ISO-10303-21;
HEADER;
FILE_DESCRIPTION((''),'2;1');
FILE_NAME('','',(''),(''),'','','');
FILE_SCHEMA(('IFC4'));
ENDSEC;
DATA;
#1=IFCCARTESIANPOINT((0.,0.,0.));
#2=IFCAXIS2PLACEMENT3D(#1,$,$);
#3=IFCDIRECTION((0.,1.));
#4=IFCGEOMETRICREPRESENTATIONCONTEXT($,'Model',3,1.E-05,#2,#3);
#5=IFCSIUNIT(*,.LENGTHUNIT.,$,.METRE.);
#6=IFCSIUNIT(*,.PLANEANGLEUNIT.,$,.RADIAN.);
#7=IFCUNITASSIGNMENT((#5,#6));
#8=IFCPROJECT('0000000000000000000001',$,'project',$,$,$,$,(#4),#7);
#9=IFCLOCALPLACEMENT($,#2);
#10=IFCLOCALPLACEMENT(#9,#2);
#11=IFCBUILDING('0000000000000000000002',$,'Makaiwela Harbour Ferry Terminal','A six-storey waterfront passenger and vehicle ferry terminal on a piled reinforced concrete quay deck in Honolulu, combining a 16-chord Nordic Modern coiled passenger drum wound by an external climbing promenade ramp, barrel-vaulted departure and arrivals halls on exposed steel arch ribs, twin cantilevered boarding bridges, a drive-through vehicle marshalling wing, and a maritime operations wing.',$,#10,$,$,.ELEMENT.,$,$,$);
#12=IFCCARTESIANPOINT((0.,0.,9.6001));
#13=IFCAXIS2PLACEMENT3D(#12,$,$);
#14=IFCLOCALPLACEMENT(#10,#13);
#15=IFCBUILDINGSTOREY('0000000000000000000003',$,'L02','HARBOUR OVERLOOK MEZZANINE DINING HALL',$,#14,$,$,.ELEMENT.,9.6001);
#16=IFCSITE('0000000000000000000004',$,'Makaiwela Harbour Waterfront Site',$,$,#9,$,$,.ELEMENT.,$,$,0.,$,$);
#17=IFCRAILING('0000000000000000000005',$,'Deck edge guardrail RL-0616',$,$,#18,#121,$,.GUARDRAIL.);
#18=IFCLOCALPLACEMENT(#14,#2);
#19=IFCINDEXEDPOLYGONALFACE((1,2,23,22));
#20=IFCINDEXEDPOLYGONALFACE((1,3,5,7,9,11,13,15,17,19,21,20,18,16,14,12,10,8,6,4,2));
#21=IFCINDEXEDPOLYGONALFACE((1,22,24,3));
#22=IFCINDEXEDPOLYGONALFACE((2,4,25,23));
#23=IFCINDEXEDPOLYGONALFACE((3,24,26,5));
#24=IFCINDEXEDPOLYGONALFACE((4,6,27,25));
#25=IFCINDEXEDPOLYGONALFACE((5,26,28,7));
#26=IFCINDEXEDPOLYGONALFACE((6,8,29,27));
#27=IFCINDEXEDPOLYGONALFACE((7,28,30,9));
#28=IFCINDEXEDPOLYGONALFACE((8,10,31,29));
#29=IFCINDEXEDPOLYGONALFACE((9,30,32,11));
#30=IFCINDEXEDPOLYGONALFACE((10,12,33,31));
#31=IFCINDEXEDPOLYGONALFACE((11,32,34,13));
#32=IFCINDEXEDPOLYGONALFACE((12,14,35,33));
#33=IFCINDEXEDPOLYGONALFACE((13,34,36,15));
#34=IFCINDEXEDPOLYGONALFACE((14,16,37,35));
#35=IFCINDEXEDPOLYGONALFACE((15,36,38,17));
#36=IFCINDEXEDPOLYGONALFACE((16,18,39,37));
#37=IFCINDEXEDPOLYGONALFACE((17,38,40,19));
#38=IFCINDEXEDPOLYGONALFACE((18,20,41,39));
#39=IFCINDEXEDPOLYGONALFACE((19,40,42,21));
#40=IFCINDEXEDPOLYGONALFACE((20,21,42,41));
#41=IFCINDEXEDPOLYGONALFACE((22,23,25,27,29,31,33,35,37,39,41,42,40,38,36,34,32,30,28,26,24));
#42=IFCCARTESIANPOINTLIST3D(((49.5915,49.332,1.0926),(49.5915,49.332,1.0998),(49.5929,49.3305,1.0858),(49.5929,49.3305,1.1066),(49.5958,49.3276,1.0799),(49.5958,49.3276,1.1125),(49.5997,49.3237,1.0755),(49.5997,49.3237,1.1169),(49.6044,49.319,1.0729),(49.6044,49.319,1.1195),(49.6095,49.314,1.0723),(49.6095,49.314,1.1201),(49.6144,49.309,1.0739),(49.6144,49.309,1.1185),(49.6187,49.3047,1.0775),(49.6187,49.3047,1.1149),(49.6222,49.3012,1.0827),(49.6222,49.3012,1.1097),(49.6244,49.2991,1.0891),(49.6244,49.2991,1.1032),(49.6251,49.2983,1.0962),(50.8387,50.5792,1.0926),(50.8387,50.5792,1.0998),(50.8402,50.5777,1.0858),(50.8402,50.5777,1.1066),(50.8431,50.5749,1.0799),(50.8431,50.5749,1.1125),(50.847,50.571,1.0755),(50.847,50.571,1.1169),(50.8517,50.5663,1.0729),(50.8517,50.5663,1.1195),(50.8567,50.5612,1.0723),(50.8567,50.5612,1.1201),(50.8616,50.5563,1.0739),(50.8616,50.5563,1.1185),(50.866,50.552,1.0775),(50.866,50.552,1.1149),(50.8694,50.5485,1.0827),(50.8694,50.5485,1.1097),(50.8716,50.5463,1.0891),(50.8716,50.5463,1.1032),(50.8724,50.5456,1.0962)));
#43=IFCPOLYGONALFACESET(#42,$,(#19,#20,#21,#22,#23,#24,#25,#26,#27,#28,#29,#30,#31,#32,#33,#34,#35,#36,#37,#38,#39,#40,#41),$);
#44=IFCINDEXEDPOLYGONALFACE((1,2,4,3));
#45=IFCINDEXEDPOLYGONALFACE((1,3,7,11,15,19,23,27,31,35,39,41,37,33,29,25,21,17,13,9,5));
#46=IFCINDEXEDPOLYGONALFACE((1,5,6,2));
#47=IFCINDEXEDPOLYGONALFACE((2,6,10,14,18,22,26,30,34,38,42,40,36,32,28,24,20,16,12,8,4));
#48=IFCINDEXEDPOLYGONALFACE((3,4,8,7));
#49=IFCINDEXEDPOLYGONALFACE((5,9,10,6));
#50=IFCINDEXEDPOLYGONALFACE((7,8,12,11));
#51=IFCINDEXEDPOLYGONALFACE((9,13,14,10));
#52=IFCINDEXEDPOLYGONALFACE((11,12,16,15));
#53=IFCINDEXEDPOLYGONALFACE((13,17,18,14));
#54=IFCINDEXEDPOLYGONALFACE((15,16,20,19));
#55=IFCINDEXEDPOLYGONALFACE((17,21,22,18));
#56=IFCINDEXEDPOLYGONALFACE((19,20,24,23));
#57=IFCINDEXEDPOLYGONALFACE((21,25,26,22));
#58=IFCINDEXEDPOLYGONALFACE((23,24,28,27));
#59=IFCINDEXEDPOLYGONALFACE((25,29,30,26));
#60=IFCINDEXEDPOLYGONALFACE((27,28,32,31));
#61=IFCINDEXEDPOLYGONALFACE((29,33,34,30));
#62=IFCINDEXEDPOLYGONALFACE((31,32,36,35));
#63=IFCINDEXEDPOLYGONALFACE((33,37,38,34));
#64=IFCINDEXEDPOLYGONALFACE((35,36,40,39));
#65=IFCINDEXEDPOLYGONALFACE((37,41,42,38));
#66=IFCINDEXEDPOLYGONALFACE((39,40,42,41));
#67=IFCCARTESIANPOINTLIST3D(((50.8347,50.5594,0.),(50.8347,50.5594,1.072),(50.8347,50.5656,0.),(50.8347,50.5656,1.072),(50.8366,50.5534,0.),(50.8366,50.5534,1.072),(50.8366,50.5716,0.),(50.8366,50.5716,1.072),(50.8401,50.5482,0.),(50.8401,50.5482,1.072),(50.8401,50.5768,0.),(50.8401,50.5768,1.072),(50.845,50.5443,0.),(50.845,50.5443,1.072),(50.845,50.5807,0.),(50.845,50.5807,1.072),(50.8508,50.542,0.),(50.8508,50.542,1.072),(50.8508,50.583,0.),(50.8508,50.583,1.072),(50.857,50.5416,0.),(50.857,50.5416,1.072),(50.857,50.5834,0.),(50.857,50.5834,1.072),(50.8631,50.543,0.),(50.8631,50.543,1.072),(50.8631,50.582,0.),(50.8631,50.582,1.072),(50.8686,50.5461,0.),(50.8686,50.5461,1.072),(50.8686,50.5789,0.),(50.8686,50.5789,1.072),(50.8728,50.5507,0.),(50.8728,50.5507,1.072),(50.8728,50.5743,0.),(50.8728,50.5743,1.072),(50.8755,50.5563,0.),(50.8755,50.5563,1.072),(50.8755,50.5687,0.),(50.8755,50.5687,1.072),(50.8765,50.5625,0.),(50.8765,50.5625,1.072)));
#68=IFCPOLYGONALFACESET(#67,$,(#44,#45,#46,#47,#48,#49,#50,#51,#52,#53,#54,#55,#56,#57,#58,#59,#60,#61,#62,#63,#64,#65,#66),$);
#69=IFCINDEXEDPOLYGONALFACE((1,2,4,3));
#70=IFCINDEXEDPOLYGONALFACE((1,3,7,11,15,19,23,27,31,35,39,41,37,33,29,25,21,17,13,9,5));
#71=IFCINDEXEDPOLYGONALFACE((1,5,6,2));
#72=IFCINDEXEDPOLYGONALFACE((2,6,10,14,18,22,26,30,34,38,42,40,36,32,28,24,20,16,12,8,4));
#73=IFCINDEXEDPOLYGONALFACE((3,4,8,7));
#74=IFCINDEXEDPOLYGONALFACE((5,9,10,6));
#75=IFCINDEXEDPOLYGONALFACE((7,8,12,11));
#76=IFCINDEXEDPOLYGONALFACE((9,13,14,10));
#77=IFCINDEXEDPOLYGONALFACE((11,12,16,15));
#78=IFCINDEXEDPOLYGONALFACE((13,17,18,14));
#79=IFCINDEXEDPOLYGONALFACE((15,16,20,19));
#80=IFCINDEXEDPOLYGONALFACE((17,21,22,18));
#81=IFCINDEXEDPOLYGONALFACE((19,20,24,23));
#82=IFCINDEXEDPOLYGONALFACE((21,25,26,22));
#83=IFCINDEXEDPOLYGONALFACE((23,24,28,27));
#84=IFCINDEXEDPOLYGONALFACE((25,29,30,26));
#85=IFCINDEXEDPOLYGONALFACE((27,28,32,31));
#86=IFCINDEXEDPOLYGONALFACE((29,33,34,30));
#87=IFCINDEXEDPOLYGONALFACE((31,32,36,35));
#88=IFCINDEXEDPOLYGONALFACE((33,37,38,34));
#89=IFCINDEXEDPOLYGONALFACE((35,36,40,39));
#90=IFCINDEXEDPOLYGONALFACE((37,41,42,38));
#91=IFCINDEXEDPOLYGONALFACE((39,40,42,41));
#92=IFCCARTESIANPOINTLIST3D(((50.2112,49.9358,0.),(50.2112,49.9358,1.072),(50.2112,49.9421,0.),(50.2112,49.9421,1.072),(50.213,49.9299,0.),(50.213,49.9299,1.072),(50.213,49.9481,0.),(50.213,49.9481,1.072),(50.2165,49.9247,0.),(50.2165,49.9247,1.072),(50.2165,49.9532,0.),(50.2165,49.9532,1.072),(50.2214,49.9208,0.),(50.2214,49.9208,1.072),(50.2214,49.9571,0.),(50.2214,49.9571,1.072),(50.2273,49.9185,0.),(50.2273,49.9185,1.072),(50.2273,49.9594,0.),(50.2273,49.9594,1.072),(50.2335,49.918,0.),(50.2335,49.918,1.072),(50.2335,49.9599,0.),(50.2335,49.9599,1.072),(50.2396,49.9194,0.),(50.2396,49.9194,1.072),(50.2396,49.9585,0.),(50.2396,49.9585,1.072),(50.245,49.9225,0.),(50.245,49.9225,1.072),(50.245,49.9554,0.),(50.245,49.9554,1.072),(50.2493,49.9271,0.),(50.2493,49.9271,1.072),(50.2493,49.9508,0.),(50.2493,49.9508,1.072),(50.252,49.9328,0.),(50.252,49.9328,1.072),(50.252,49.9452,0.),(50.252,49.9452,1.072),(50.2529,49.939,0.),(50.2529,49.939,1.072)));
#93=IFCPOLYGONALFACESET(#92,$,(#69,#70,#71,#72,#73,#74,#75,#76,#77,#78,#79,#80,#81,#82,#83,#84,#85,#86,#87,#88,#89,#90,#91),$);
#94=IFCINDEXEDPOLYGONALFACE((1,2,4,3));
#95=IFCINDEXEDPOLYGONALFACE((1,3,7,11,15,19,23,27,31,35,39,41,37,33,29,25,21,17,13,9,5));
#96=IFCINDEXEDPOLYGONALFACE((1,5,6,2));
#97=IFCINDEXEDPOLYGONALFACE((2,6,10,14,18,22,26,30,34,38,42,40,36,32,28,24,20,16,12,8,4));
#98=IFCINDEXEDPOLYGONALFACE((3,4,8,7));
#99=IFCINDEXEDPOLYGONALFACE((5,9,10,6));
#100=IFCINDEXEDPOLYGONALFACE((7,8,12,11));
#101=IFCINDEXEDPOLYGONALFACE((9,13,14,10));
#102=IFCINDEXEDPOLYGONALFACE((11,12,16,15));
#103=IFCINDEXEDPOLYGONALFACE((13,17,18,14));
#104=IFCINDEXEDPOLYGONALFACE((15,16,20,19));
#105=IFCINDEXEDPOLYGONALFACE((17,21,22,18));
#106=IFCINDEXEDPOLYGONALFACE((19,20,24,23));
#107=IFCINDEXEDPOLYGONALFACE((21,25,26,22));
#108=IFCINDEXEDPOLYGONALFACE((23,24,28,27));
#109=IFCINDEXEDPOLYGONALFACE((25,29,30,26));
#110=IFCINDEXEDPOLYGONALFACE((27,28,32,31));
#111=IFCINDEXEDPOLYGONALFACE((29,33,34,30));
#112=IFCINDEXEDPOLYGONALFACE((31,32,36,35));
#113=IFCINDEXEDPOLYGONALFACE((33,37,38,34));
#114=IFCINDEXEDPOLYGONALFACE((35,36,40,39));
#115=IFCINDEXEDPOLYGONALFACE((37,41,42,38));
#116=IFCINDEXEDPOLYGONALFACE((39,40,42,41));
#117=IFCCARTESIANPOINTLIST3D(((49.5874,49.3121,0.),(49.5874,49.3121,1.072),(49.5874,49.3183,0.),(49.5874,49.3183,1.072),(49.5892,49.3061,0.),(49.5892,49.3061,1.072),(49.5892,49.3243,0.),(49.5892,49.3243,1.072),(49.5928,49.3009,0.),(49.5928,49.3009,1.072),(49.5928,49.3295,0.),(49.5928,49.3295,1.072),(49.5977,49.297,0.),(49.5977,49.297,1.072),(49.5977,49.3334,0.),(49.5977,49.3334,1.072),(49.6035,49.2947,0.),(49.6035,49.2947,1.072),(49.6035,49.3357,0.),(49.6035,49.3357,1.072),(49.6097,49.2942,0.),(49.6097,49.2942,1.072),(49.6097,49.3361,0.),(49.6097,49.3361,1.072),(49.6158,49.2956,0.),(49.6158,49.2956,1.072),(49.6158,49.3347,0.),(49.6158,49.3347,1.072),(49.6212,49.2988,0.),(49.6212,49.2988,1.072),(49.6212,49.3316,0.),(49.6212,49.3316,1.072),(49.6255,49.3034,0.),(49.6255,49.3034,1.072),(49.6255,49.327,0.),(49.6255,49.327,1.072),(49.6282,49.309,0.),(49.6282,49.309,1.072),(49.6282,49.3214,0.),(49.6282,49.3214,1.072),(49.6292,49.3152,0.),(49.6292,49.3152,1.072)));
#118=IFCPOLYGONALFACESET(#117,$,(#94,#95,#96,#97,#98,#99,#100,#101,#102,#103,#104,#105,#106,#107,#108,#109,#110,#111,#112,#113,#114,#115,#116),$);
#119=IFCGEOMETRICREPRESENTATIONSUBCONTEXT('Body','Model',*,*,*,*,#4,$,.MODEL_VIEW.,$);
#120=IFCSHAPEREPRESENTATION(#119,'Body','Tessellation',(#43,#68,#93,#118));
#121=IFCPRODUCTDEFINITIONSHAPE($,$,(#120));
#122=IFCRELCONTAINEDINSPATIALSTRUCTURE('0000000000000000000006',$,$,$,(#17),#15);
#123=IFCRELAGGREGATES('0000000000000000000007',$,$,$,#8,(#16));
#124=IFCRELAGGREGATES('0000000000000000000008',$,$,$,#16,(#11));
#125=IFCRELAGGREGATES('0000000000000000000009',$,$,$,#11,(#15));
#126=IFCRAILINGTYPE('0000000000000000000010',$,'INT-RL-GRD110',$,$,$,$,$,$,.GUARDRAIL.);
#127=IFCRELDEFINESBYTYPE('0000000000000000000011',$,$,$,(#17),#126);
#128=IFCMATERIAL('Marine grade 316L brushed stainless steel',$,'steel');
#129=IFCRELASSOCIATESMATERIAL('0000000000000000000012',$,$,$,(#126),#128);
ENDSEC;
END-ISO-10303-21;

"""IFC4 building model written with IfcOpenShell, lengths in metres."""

from ifc_helpers import new_model, si_unit, direction, frame, origin, origin_2d, place, context, subcontext, project, spatial, circle, extrude, material, type_object, element, save


model = new_model("IFC4")

# Units and contexts
model_context = context("Model", 3, precision=1e-05, world=origin(), true_north=direction((0.0, 1.0)))
body_context = subcontext(model_context, "Body", "Model", "MODEL_VIEW")
ifc_project = project(units=[si_unit("LENGTHUNIT", "METRE"), si_unit("PLANEANGLEUNIT", "RADIAN")], contexts=[model_context])

# Site, building, storey
site_placement = place(None, origin())
site = spatial("IfcSite", under=ifc_project, at=site_placement, Name="Makaiwela Harbour Waterfront Site", CompositionType="ELEMENT", RefElevation=0.0)
building_placement = place(site_placement, origin())
building = spatial("IfcBuilding", under=site, at=building_placement, Name="Makaiwela Harbour Ferry Terminal", Description="A six-storey waterfront passenger and vehicle ferry terminal on a piled reinforced concrete quay deck in Honolulu, combining a 16-chord Nordic Modern coiled passenger drum wound by an external climbing promenade ramp, barrel-vaulted departure and arrivals halls on exposed steel arch ribs, twin cantilevered boarding bridges, a drive-through vehicle marshalling wing, and a maritime operations wing.", CompositionType="ELEMENT")
storey_placement = place(building_placement, frame((0.0, 0.0, 9.6001)))
storey = spatial("IfcBuildingStorey", under=building, at=storey_placement, Name="L02", Description="HARBOUR OVERLOOK MEZZANINE DINING HALL", CompositionType="ELEMENT", Elevation=9.6001)

# Railing
ifc_material_1 = material(Name="Marine grade 316L brushed stainless steel", Category="steel")
railing_type = type_object("IfcRailingType", Name="INT-RL-GRD110", PredefinedType="GUARDRAIL", material=ifc_material_1)
railing_1_placement = place(storey_placement, frame((50.8555, 50.5625, 0.0)))
element("IfcRailing", 1, at=railing_1_placement, inside=storey, type_object=railing_type, Name="Deck edge guardrail RL-0616", PredefinedType="GUARDRAIL", context=body_context, shape_type="SweptSolid", body=[
    extrude(circle(Radius=0.0239, at=origin_2d()), frame((0.0, 0.0, 1.0962), z_axis=(-0.707107, -0.707107, 0.0), x_axis=(0.707107, -0.707107, 0.0)), (0.0, 0.0, 1.0), 1.7639),
    extrude(circle(Radius=0.021, at=origin_2d()), origin(), (0.0, 0.0, 1.0), 1.072),
    extrude(circle(Radius=0.021, at=origin_2d()), frame((-0.6235, -0.6235, 0.0)), (0.0, 0.0, 1.0), 1.072),
    extrude(circle(Radius=0.021, at=origin_2d()), frame((-1.2473, -1.2473, 0.0)), (0.0, 0.0, 1.0), 1.072),
])

save(model, "model.ifc")
